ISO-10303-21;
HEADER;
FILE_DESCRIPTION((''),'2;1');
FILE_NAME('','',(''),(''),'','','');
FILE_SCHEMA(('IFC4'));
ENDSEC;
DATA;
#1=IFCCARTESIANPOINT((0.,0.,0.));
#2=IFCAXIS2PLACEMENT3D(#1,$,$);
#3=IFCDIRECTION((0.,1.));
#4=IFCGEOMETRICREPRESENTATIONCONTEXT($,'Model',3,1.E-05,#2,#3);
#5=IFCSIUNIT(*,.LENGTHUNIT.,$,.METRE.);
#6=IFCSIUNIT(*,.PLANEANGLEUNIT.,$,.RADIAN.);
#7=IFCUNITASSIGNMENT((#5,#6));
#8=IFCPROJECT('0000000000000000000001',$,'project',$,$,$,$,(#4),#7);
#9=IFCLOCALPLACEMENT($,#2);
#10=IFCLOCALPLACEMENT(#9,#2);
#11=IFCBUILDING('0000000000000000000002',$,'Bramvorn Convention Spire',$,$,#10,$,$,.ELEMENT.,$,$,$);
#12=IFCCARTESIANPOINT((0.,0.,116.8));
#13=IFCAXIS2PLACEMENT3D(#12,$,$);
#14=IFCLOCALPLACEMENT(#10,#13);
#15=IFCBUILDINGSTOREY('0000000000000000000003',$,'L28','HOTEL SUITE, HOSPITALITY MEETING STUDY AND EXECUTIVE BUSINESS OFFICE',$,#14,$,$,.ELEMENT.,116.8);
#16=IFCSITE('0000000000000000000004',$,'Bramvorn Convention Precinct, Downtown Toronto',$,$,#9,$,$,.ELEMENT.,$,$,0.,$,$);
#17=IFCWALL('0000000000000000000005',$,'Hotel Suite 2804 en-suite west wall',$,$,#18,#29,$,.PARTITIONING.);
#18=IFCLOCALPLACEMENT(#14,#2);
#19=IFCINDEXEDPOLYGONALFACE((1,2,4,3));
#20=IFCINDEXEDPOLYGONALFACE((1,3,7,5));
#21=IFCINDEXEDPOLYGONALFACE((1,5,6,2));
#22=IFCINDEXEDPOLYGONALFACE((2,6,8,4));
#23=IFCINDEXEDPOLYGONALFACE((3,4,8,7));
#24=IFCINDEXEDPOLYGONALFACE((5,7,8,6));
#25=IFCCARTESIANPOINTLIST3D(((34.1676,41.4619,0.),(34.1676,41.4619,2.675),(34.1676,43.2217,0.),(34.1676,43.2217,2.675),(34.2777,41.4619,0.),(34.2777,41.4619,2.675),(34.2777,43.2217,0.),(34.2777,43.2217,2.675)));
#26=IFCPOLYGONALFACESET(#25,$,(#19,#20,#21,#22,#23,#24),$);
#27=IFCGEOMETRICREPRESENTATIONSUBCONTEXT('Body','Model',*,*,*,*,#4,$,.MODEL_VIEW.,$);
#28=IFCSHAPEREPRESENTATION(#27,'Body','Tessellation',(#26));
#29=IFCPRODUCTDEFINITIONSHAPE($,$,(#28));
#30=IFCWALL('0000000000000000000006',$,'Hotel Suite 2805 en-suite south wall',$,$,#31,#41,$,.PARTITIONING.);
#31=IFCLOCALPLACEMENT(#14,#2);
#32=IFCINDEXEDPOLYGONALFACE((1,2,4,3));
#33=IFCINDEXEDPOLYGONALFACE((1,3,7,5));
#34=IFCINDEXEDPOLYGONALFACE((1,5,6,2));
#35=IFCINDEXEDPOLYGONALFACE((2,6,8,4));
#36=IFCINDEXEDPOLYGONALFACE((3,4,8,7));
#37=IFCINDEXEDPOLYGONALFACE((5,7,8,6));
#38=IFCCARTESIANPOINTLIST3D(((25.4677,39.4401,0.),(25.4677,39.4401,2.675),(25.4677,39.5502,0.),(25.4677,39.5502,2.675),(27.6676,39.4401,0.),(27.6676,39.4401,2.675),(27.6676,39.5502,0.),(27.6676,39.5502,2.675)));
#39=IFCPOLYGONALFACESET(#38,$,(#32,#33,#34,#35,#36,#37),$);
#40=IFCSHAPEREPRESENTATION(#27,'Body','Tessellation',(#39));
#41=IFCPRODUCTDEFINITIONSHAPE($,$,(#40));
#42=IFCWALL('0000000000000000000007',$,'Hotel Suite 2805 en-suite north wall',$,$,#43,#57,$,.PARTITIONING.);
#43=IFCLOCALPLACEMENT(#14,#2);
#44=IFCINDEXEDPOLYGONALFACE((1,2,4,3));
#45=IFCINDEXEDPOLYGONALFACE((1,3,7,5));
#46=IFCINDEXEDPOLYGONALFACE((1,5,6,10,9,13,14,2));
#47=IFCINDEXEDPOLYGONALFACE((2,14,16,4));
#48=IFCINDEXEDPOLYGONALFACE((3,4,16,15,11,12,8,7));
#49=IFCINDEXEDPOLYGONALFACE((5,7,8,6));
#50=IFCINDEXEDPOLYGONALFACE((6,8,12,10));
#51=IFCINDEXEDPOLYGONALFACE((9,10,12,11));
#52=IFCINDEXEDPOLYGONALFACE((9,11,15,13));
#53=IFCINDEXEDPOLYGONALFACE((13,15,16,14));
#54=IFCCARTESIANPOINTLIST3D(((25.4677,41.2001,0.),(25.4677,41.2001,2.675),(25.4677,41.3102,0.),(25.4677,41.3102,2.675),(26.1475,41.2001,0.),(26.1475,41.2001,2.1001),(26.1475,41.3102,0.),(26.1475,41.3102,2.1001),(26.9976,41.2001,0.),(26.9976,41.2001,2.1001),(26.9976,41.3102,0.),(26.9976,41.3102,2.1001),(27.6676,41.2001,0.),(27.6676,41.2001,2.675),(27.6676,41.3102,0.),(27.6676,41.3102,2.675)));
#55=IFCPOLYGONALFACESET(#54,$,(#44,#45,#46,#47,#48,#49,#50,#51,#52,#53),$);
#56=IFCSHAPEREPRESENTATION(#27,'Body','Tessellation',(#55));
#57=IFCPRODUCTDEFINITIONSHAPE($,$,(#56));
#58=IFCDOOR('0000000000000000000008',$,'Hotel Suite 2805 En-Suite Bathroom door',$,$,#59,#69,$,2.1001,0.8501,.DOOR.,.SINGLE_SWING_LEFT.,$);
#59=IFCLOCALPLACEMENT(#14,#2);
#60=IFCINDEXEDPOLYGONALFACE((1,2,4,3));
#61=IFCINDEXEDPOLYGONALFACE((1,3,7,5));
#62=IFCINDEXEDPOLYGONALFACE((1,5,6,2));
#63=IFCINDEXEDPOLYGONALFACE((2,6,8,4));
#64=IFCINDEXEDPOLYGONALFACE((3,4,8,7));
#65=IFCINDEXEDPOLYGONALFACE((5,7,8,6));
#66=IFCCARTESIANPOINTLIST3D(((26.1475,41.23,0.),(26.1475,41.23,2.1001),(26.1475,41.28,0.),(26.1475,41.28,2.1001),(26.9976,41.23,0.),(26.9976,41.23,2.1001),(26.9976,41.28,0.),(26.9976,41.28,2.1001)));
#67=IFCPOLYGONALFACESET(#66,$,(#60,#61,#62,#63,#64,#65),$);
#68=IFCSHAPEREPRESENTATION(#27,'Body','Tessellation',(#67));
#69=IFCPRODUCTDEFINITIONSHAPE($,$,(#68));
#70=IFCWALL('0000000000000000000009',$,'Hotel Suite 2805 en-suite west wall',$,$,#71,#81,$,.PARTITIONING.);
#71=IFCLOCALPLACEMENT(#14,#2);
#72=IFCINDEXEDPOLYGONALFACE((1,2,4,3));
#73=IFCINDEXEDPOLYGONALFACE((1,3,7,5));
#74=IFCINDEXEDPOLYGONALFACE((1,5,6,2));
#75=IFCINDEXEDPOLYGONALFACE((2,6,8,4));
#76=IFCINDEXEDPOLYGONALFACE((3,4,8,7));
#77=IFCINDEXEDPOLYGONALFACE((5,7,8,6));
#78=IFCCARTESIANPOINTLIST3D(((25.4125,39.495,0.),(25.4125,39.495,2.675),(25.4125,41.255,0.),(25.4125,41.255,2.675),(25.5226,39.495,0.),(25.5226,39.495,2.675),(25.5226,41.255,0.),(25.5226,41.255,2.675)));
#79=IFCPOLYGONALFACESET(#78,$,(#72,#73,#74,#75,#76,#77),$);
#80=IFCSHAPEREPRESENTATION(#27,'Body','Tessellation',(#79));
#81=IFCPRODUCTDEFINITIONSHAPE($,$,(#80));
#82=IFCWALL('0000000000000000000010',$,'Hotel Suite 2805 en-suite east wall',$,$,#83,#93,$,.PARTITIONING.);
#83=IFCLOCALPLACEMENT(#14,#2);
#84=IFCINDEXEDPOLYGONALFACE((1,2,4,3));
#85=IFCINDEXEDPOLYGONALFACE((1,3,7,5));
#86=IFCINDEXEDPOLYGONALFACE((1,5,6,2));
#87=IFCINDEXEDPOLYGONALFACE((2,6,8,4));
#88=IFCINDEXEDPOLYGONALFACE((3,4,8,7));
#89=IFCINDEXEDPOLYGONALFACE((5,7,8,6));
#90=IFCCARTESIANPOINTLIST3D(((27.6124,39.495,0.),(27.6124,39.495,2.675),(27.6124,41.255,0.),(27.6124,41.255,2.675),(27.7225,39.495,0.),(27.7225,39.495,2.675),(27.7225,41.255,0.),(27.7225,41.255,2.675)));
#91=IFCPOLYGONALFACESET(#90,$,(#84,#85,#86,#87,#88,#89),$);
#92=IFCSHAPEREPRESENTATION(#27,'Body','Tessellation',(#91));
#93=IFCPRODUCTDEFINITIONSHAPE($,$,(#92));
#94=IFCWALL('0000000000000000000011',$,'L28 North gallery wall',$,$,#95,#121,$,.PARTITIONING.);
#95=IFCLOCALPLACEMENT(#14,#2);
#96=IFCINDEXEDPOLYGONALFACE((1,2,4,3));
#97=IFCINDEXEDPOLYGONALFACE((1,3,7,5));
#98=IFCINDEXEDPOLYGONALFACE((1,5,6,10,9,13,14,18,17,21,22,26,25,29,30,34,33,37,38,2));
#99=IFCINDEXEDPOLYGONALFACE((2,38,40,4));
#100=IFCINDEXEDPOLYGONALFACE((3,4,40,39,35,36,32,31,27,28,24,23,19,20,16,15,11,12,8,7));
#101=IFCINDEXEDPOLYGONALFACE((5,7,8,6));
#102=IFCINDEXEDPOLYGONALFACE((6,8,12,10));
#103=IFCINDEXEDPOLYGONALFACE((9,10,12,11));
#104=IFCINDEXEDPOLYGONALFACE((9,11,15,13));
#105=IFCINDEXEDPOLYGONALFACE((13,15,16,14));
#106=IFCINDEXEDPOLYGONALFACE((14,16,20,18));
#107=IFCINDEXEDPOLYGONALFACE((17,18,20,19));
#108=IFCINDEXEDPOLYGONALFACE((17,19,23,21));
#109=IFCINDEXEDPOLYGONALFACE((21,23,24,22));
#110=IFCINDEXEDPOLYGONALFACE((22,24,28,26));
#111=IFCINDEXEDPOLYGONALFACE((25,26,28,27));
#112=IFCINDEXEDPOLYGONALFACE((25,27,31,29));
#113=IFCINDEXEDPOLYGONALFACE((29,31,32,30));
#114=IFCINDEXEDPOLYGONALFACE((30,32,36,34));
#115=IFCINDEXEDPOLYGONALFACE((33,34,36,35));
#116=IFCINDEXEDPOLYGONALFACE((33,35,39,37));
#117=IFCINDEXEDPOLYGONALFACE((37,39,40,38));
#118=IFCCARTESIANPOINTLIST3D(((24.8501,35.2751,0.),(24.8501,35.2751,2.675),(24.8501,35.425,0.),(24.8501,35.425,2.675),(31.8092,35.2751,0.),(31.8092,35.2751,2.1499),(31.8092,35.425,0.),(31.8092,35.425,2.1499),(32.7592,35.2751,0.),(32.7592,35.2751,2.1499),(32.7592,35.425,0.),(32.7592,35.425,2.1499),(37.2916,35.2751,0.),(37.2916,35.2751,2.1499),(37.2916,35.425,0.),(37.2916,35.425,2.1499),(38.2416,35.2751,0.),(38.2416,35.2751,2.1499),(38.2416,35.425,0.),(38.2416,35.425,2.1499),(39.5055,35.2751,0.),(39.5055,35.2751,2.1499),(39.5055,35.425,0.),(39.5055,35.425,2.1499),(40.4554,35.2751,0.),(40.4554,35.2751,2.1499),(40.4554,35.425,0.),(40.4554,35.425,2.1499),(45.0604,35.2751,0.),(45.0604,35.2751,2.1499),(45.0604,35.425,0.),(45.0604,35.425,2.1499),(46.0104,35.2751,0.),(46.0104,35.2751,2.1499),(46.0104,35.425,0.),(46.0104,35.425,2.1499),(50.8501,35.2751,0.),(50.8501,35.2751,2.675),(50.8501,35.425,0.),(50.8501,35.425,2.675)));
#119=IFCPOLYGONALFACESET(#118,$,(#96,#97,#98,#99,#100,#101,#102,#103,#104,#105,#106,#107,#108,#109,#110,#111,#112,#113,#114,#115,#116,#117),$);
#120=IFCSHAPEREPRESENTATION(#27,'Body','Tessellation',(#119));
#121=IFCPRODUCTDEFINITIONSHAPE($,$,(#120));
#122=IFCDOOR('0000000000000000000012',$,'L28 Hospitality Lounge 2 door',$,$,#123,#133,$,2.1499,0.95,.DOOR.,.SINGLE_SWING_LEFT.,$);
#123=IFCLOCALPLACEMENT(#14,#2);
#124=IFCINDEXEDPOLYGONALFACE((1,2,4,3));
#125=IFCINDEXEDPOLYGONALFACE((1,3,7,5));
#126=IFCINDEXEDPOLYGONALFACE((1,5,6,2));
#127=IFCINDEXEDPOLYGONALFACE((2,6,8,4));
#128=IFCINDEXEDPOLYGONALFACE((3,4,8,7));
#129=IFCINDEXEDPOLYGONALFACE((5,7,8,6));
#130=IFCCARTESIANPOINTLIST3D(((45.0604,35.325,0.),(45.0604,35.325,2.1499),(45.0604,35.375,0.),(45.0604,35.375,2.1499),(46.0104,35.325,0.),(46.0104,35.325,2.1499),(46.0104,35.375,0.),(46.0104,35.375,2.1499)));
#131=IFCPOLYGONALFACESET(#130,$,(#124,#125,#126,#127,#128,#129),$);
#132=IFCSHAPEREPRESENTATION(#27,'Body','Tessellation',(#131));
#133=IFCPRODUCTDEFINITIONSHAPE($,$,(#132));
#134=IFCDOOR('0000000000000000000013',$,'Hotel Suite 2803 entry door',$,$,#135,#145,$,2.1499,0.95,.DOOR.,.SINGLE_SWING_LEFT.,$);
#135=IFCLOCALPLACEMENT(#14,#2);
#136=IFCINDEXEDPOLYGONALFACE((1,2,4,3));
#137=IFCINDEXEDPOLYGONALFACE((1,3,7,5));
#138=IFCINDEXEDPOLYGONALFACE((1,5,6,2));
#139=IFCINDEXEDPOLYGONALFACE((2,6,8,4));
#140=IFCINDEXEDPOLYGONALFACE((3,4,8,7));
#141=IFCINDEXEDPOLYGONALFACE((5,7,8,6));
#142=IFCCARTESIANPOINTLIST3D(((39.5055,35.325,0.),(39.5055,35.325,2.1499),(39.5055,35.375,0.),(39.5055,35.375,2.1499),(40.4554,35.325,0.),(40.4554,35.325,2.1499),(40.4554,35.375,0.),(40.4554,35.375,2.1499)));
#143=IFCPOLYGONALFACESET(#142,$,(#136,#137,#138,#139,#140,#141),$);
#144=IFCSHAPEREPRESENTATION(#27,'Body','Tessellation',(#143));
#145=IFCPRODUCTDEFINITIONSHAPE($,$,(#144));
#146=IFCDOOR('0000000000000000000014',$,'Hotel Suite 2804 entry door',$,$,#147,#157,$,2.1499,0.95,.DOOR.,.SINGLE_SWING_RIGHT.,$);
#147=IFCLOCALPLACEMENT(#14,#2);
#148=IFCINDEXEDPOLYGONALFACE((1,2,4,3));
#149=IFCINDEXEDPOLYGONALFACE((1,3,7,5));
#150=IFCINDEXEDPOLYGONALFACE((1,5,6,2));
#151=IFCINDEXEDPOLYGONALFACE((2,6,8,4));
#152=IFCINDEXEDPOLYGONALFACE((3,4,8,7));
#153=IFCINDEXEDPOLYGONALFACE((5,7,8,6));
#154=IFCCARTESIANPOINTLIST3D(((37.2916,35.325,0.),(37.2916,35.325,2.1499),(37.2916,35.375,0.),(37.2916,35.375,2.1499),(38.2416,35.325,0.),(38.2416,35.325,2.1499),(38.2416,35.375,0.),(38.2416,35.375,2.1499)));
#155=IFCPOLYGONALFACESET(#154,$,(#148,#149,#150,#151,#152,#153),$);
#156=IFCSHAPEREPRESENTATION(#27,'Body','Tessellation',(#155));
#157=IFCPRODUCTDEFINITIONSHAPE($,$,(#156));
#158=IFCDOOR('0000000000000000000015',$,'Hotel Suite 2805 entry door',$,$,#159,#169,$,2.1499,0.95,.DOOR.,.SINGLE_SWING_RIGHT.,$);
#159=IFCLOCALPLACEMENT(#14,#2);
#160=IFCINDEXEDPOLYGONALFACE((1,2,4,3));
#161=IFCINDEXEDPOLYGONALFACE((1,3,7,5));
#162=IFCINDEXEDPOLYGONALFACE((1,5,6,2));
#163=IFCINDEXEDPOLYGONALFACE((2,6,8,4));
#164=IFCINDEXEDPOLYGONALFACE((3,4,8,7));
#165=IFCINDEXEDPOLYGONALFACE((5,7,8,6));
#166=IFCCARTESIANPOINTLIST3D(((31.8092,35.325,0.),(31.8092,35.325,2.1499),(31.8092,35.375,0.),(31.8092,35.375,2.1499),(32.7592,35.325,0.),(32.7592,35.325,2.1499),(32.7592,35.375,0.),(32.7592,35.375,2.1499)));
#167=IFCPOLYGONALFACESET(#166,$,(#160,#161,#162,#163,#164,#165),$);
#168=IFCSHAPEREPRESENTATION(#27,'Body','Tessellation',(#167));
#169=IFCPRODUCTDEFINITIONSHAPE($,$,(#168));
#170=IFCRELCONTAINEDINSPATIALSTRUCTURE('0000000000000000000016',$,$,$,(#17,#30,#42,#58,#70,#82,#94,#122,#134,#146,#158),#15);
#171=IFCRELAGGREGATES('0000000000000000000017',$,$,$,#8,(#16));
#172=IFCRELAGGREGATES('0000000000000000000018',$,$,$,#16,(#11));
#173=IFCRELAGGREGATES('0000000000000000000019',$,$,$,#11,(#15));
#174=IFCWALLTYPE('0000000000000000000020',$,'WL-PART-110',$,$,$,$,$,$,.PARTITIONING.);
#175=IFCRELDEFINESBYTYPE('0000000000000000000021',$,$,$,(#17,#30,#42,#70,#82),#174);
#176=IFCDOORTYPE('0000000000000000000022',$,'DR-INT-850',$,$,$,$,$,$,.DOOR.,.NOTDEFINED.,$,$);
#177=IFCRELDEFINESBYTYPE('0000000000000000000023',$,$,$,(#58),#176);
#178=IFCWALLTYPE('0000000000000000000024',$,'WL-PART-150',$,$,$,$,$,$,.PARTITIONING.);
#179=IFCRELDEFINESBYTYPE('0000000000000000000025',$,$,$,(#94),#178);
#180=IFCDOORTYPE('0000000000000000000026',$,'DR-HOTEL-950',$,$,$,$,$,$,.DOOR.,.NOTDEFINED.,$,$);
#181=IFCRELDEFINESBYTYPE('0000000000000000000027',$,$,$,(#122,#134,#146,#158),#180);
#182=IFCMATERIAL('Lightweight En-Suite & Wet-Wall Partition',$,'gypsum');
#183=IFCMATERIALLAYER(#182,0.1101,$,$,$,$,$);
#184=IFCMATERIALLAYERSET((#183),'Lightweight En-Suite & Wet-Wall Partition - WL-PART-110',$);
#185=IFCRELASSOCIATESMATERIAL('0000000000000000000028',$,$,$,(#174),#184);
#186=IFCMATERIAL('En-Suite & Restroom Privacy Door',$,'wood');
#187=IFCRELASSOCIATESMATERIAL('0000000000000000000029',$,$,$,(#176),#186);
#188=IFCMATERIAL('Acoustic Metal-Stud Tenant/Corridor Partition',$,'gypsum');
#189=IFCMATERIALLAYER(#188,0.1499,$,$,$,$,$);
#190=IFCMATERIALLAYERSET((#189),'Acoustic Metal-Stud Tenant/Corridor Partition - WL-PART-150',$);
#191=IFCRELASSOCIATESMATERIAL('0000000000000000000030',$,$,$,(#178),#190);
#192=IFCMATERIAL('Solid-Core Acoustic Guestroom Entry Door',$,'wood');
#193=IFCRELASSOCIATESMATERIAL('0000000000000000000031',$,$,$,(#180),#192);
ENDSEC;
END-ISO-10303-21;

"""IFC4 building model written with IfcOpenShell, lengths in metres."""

from ifc_helpers import new_model, si_unit, direction, frame, frame_2d, origin, place, context, subcontext, project, spatial, rectangle, extrude, material, layer, layer_set, type_object, element, fill, save


model = new_model("IFC4")

# Units and contexts
model_context = context("Model", 3, precision=1e-05, world=origin(), true_north=direction((0.0, 1.0)))
body_context = subcontext(model_context, "Body", "Model", "MODEL_VIEW")
ifc_project = project(units=[si_unit("LENGTHUNIT", "METRE"), si_unit("PLANEANGLEUNIT", "RADIAN")], contexts=[model_context])

# Site, building, storey
site_placement = place(None, origin())
site = spatial("IfcSite", under=ifc_project, at=site_placement, Name="Bramvorn Convention Precinct, Downtown Toronto", CompositionType="ELEMENT", RefElevation=0.0)
building_placement = place(site_placement, origin())
building = spatial("IfcBuilding", under=site, at=building_placement, Name="Bramvorn Convention Spire", CompositionType="ELEMENT")
storey_placement = place(building_placement, frame((0.0, 0.0, 116.8)))
storey = spatial("IfcBuildingStorey", under=building, at=storey_placement, Name="L28", Description="HOTEL SUITE, HOSPITALITY MEETING STUDY AND EXECUTIVE BUSINESS OFFICE", CompositionType="ELEMENT", Elevation=116.8)

# Shared definitions
ifc_material_1 = material(Name="Lightweight En-Suite & Wet-Wall Partition", Category="gypsum")
ifc_layer_1 = layer(ifc_material_1, 0.1101)
ifc_layer_set_1 = layer_set([ifc_layer_1], Name="Lightweight En-Suite & Wet-Wall Partition - WL-PART-110")
wall_type_1 = type_object("IfcWallType", Name="WL-PART-110", PredefinedType="PARTITIONING", material=ifc_layer_set_1)

# Shared definitions
ifc_material_2 = material(Name="En-Suite & Restroom Privacy Door", Category="wood")
door_type_1 = type_object("IfcDoorType", Name="DR-INT-850", OperationType="NOTDEFINED", PredefinedType="DOOR", material=ifc_material_2)

# Walls
wall_1_placement = place(storey_placement, frame((34.2227, 41.4619, 0.0), z_axis=(0.0, 0.0, 1.0), x_axis=(0.0, 1.0, 0.0)))
element("IfcWall", 1, at=wall_1_placement, inside=storey, type_object=wall_type_1, Name="Hotel Suite 2804 en-suite west wall", PredefinedType="PARTITIONING", context=body_context, shape_type="SweptSolid", body=[
    extrude(rectangle(XDim=1.7598, YDim=0.1101, at=frame_2d((0.8799, 0.0))), origin(), (0.0, 0.0, 1.0), 2.675),
])
wall_2_placement = place(storey_placement, frame((25.4675, 39.4951, 0.0), z_axis=(0.0, 0.0, 1.0), x_axis=(1.0, 0.0, 0.0)))
element("IfcWall", 2, at=wall_2_placement, inside=storey, type_object=wall_type_1, Name="Hotel Suite 2805 en-suite south wall", PredefinedType="PARTITIONING", context=body_context, shape_type="SweptSolid", body=[
    extrude(rectangle(XDim=2.2, YDim=0.1101, at=frame_2d((1.1001, 0.0))), origin(), (0.0, 0.0, 1.0), 2.675),
])

# Wall, opening, door
wall_3_placement = place(storey_placement, frame((25.4675, 41.2551, 0.0), z_axis=(0.0, 0.0, 1.0), x_axis=(1.0, 0.0, 0.0)))
wall_3 = element("IfcWall", 3, at=wall_3_placement, inside=storey, type_object=wall_type_1, Name="Hotel Suite 2805 en-suite north wall", PredefinedType="PARTITIONING", context=body_context, shape_type="SweptSolid", body=[
    extrude(rectangle(XDim=2.2, YDim=0.1101, at=frame_2d((1.1001, 0.0))), origin(), (0.0, 0.0, 1.0), 2.675),
])
opening_1_placement = place(wall_3_placement, frame((0.6799, 0.0, 0.0)))
opening_1 = element("IfcOpeningElement", 4, at=opening_1_placement, cuts=wall_3, PredefinedType="OPENING", context=body_context, shape_type="SweptSolid", body=[
    extrude(rectangle(XDim=0.8501, YDim=2.1001, at=frame_2d((0.425, 1.05))), frame((0.0, 0.0649, 0.0), z_axis=(0.0, -1.0, 0.0), x_axis=(1.0, 0.0, 0.0)), (0.0, 0.0, 1.0), 0.1301),
])
door_1_placement = place(opening_1_placement, origin())
door_1 = element("IfcDoor", 5, at=door_1_placement, inside=storey, type_object=door_type_1, Name="Hotel Suite 2805 En-Suite Bathroom door", OperationType="SINGLE_SWING_LEFT", OverallHeight=2.1001, OverallWidth=0.8501, PredefinedType="DOOR", context=body_context, shape_type="SweptSolid", body=[
    extrude(rectangle(XDim=0.8501, YDim=2.1001, at=frame_2d((0.425, 1.05))), frame((0.0, 0.0249, 0.0), z_axis=(0.0, -1.0, 0.0), x_axis=(1.0, 0.0, 0.0)), (0.0, 0.0, 1.0), 0.05),
])
fill(opening_1, door_1)

# Walls
for number, where, z_axis, x_axis, name in (
    (6, (25.4675, 39.4951, 0.0), (0.0, 0.0, 1.0), (0.0, 1.0, 0.0), "Hotel Suite 2805 en-suite west wall"),
    (7, (27.6675, 39.4951, 0.0), (0.0, 0.0, 1.0), (0.0, 1.0, 0.0), "Hotel Suite 2805 en-suite east wall"),
):
    element("IfcWall", number, at=place(storey_placement, frame(where, z_axis=z_axis, x_axis=x_axis)), inside=storey, type_object=wall_type_1, Name=name, PredefinedType="PARTITIONING", context=body_context, shape_type="SweptSolid", body=[
        extrude(rectangle(XDim=1.76, YDim=0.1101, at=frame_2d((0.8799, 0.0))), origin(), (0.0, 0.0, 1.0), 2.675),
    ])

# Wall, openings, doors
ifc_material_3 = material(Name="Acoustic Metal-Stud Tenant/Corridor Partition", Category="gypsum")
ifc_layer_2 = layer(ifc_material_3, 0.1499)
ifc_layer_set_2 = layer_set([ifc_layer_2], Name="Acoustic Metal-Stud Tenant/Corridor Partition - WL-PART-150")
wall_type_2 = type_object("IfcWallType", Name="WL-PART-150", PredefinedType="PARTITIONING", material=ifc_layer_set_2)
wall_4_placement = place(storey_placement, frame((24.8501, 35.3501, 0.0), z_axis=(0.0, 0.0, 1.0), x_axis=(1.0, 0.0, 0.0)))
wall_4 = element("IfcWall", 8, at=wall_4_placement, inside=storey, type_object=wall_type_2, Name="L28 North gallery wall", PredefinedType="PARTITIONING", context=body_context, shape_type="SweptSolid", body=[
    extrude(rectangle(XDim=26.0, YDim=0.1499, at=frame_2d((13.0, 0.0))), origin(), (0.0, 0.0, 1.0), 2.675),
])
opening_2_placement = place(wall_4_placement, frame((20.2102, 0.0, 0.0)))
opening_2 = element("IfcOpeningElement", 9, at=opening_2_placement, cuts=wall_4, PredefinedType="OPENING", context=body_context, shape_type="SweptSolid", body=[
    extrude(rectangle(XDim=0.95, YDim=2.1499, at=frame_2d((0.4751, 1.075))), frame((0.0, 0.085, 0.0), z_axis=(0.0, -1.0, 0.0), x_axis=(1.0, 0.0, 0.0)), (0.0, 0.0, 1.0), 0.1699),
])
opening_3_placement = place(wall_4_placement, frame((14.6553, 0.0, 0.0)))
opening_3 = element("IfcOpeningElement", 10, at=opening_3_placement, cuts=wall_4, PredefinedType="OPENING", context=body_context, shape_type="SweptSolid", body=[
    extrude(rectangle(XDim=0.95, YDim=2.1499, at=frame_2d((0.4751, 1.075))), frame((0.0, 0.085, 0.0), z_axis=(0.0, -1.0, 0.0), x_axis=(1.0, 0.0, 0.0)), (0.0, 0.0, 1.0), 0.1699),
])
opening_4_placement = place(wall_4_placement, frame((12.4414, 0.0, 0.0)))
opening_4 = element("IfcOpeningElement", 11, at=opening_4_placement, cuts=wall_4, PredefinedType="OPENING", context=body_context, shape_type="SweptSolid", body=[
    extrude(rectangle(XDim=0.95, YDim=2.1499, at=frame_2d((0.4751, 1.075))), frame((0.0, 0.085, 0.0), z_axis=(0.0, -1.0, 0.0), x_axis=(1.0, 0.0, 0.0)), (0.0, 0.0, 1.0), 0.1699),
])
opening_5_placement = place(wall_4_placement, frame((6.959, 0.0, 0.0)))
opening_5 = element("IfcOpeningElement", 12, at=opening_5_placement, cuts=wall_4, PredefinedType="OPENING", context=body_context, shape_type="SweptSolid", body=[
    extrude(rectangle(XDim=0.95, YDim=2.1499, at=frame_2d((0.4751, 1.075))), frame((0.0, 0.085, 0.0), z_axis=(0.0, -1.0, 0.0), x_axis=(1.0, 0.0, 0.0)), (0.0, 0.0, 1.0), 0.1699),
])
ifc_material_4 = material(Name="Solid-Core Acoustic Guestroom Entry Door", Category="wood")
door_type_2 = type_object("IfcDoorType", Name="DR-HOTEL-950", OperationType="NOTDEFINED", PredefinedType="DOOR", material=ifc_material_4)
door_2_placement = place(opening_2_placement, origin())
door_2 = element("IfcDoor", 13, at=door_2_placement, inside=storey, type_object=door_type_2, Name="L28 Hospitality Lounge 2 door", OperationType="SINGLE_SWING_LEFT", OverallHeight=2.1499, OverallWidth=0.95, PredefinedType="DOOR", context=body_context, shape_type="SweptSolid", body=[
    extrude(rectangle(XDim=0.95, YDim=2.1499, at=frame_2d((0.4751, 1.075))), frame((0.0, 0.0249, 0.0), z_axis=(0.0, -1.0, 0.0), x_axis=(1.0, 0.0, 0.0)), (0.0, 0.0, 1.0), 0.05),
])
fill(opening_2, door_2)
door_3_placement = place(opening_3_placement, origin())
door_3 = element("IfcDoor", 14, at=door_3_placement, inside=storey, type_object=door_type_2, Name="Hotel Suite 2803 entry door", OperationType="SINGLE_SWING_LEFT", OverallHeight=2.1499, OverallWidth=0.95, PredefinedType="DOOR", context=body_context, shape_type="SweptSolid", body=[
    extrude(rectangle(XDim=0.95, YDim=2.1499, at=frame_2d((0.4751, 1.075))), frame((0.0, 0.0249, 0.0), z_axis=(0.0, -1.0, 0.0), x_axis=(1.0, 0.0, 0.0)), (0.0, 0.0, 1.0), 0.05),
])
fill(opening_3, door_3)
door_4_placement = place(opening_4_placement, origin())
door_4 = element("IfcDoor", 15, at=door_4_placement, inside=storey, type_object=door_type_2, Name="Hotel Suite 2804 entry door", OperationType="SINGLE_SWING_RIGHT", OverallHeight=2.1499, OverallWidth=0.95, PredefinedType="DOOR", context=body_context, shape_type="SweptSolid", body=[
    extrude(rectangle(XDim=0.95, YDim=2.1499, at=frame_2d((0.4751, 1.075))), frame((0.0, 0.0249, 0.0), z_axis=(0.0, -1.0, 0.0), x_axis=(1.0, 0.0, 0.0)), (0.0, 0.0, 1.0), 0.05),
])
fill(opening_4, door_4)
door_5_placement = place(opening_5_placement, origin())
door_5 = element("IfcDoor", 16, at=door_5_placement, inside=storey, type_object=door_type_2, Name="Hotel Suite 2805 entry door", OperationType="SINGLE_SWING_RIGHT", OverallHeight=2.1499, OverallWidth=0.95, PredefinedType="DOOR", context=body_context, shape_type="SweptSolid", body=[
    extrude(rectangle(XDim=0.95, YDim=2.1499, at=frame_2d((0.4751, 1.075))), frame((0.0, 0.0249, 0.0), z_axis=(0.0, -1.0, 0.0), x_axis=(1.0, 0.0, 0.0)), (0.0, 0.0, 1.0), 0.05),
])
fill(opening_5, door_5)

save(model, "model.ifc")
